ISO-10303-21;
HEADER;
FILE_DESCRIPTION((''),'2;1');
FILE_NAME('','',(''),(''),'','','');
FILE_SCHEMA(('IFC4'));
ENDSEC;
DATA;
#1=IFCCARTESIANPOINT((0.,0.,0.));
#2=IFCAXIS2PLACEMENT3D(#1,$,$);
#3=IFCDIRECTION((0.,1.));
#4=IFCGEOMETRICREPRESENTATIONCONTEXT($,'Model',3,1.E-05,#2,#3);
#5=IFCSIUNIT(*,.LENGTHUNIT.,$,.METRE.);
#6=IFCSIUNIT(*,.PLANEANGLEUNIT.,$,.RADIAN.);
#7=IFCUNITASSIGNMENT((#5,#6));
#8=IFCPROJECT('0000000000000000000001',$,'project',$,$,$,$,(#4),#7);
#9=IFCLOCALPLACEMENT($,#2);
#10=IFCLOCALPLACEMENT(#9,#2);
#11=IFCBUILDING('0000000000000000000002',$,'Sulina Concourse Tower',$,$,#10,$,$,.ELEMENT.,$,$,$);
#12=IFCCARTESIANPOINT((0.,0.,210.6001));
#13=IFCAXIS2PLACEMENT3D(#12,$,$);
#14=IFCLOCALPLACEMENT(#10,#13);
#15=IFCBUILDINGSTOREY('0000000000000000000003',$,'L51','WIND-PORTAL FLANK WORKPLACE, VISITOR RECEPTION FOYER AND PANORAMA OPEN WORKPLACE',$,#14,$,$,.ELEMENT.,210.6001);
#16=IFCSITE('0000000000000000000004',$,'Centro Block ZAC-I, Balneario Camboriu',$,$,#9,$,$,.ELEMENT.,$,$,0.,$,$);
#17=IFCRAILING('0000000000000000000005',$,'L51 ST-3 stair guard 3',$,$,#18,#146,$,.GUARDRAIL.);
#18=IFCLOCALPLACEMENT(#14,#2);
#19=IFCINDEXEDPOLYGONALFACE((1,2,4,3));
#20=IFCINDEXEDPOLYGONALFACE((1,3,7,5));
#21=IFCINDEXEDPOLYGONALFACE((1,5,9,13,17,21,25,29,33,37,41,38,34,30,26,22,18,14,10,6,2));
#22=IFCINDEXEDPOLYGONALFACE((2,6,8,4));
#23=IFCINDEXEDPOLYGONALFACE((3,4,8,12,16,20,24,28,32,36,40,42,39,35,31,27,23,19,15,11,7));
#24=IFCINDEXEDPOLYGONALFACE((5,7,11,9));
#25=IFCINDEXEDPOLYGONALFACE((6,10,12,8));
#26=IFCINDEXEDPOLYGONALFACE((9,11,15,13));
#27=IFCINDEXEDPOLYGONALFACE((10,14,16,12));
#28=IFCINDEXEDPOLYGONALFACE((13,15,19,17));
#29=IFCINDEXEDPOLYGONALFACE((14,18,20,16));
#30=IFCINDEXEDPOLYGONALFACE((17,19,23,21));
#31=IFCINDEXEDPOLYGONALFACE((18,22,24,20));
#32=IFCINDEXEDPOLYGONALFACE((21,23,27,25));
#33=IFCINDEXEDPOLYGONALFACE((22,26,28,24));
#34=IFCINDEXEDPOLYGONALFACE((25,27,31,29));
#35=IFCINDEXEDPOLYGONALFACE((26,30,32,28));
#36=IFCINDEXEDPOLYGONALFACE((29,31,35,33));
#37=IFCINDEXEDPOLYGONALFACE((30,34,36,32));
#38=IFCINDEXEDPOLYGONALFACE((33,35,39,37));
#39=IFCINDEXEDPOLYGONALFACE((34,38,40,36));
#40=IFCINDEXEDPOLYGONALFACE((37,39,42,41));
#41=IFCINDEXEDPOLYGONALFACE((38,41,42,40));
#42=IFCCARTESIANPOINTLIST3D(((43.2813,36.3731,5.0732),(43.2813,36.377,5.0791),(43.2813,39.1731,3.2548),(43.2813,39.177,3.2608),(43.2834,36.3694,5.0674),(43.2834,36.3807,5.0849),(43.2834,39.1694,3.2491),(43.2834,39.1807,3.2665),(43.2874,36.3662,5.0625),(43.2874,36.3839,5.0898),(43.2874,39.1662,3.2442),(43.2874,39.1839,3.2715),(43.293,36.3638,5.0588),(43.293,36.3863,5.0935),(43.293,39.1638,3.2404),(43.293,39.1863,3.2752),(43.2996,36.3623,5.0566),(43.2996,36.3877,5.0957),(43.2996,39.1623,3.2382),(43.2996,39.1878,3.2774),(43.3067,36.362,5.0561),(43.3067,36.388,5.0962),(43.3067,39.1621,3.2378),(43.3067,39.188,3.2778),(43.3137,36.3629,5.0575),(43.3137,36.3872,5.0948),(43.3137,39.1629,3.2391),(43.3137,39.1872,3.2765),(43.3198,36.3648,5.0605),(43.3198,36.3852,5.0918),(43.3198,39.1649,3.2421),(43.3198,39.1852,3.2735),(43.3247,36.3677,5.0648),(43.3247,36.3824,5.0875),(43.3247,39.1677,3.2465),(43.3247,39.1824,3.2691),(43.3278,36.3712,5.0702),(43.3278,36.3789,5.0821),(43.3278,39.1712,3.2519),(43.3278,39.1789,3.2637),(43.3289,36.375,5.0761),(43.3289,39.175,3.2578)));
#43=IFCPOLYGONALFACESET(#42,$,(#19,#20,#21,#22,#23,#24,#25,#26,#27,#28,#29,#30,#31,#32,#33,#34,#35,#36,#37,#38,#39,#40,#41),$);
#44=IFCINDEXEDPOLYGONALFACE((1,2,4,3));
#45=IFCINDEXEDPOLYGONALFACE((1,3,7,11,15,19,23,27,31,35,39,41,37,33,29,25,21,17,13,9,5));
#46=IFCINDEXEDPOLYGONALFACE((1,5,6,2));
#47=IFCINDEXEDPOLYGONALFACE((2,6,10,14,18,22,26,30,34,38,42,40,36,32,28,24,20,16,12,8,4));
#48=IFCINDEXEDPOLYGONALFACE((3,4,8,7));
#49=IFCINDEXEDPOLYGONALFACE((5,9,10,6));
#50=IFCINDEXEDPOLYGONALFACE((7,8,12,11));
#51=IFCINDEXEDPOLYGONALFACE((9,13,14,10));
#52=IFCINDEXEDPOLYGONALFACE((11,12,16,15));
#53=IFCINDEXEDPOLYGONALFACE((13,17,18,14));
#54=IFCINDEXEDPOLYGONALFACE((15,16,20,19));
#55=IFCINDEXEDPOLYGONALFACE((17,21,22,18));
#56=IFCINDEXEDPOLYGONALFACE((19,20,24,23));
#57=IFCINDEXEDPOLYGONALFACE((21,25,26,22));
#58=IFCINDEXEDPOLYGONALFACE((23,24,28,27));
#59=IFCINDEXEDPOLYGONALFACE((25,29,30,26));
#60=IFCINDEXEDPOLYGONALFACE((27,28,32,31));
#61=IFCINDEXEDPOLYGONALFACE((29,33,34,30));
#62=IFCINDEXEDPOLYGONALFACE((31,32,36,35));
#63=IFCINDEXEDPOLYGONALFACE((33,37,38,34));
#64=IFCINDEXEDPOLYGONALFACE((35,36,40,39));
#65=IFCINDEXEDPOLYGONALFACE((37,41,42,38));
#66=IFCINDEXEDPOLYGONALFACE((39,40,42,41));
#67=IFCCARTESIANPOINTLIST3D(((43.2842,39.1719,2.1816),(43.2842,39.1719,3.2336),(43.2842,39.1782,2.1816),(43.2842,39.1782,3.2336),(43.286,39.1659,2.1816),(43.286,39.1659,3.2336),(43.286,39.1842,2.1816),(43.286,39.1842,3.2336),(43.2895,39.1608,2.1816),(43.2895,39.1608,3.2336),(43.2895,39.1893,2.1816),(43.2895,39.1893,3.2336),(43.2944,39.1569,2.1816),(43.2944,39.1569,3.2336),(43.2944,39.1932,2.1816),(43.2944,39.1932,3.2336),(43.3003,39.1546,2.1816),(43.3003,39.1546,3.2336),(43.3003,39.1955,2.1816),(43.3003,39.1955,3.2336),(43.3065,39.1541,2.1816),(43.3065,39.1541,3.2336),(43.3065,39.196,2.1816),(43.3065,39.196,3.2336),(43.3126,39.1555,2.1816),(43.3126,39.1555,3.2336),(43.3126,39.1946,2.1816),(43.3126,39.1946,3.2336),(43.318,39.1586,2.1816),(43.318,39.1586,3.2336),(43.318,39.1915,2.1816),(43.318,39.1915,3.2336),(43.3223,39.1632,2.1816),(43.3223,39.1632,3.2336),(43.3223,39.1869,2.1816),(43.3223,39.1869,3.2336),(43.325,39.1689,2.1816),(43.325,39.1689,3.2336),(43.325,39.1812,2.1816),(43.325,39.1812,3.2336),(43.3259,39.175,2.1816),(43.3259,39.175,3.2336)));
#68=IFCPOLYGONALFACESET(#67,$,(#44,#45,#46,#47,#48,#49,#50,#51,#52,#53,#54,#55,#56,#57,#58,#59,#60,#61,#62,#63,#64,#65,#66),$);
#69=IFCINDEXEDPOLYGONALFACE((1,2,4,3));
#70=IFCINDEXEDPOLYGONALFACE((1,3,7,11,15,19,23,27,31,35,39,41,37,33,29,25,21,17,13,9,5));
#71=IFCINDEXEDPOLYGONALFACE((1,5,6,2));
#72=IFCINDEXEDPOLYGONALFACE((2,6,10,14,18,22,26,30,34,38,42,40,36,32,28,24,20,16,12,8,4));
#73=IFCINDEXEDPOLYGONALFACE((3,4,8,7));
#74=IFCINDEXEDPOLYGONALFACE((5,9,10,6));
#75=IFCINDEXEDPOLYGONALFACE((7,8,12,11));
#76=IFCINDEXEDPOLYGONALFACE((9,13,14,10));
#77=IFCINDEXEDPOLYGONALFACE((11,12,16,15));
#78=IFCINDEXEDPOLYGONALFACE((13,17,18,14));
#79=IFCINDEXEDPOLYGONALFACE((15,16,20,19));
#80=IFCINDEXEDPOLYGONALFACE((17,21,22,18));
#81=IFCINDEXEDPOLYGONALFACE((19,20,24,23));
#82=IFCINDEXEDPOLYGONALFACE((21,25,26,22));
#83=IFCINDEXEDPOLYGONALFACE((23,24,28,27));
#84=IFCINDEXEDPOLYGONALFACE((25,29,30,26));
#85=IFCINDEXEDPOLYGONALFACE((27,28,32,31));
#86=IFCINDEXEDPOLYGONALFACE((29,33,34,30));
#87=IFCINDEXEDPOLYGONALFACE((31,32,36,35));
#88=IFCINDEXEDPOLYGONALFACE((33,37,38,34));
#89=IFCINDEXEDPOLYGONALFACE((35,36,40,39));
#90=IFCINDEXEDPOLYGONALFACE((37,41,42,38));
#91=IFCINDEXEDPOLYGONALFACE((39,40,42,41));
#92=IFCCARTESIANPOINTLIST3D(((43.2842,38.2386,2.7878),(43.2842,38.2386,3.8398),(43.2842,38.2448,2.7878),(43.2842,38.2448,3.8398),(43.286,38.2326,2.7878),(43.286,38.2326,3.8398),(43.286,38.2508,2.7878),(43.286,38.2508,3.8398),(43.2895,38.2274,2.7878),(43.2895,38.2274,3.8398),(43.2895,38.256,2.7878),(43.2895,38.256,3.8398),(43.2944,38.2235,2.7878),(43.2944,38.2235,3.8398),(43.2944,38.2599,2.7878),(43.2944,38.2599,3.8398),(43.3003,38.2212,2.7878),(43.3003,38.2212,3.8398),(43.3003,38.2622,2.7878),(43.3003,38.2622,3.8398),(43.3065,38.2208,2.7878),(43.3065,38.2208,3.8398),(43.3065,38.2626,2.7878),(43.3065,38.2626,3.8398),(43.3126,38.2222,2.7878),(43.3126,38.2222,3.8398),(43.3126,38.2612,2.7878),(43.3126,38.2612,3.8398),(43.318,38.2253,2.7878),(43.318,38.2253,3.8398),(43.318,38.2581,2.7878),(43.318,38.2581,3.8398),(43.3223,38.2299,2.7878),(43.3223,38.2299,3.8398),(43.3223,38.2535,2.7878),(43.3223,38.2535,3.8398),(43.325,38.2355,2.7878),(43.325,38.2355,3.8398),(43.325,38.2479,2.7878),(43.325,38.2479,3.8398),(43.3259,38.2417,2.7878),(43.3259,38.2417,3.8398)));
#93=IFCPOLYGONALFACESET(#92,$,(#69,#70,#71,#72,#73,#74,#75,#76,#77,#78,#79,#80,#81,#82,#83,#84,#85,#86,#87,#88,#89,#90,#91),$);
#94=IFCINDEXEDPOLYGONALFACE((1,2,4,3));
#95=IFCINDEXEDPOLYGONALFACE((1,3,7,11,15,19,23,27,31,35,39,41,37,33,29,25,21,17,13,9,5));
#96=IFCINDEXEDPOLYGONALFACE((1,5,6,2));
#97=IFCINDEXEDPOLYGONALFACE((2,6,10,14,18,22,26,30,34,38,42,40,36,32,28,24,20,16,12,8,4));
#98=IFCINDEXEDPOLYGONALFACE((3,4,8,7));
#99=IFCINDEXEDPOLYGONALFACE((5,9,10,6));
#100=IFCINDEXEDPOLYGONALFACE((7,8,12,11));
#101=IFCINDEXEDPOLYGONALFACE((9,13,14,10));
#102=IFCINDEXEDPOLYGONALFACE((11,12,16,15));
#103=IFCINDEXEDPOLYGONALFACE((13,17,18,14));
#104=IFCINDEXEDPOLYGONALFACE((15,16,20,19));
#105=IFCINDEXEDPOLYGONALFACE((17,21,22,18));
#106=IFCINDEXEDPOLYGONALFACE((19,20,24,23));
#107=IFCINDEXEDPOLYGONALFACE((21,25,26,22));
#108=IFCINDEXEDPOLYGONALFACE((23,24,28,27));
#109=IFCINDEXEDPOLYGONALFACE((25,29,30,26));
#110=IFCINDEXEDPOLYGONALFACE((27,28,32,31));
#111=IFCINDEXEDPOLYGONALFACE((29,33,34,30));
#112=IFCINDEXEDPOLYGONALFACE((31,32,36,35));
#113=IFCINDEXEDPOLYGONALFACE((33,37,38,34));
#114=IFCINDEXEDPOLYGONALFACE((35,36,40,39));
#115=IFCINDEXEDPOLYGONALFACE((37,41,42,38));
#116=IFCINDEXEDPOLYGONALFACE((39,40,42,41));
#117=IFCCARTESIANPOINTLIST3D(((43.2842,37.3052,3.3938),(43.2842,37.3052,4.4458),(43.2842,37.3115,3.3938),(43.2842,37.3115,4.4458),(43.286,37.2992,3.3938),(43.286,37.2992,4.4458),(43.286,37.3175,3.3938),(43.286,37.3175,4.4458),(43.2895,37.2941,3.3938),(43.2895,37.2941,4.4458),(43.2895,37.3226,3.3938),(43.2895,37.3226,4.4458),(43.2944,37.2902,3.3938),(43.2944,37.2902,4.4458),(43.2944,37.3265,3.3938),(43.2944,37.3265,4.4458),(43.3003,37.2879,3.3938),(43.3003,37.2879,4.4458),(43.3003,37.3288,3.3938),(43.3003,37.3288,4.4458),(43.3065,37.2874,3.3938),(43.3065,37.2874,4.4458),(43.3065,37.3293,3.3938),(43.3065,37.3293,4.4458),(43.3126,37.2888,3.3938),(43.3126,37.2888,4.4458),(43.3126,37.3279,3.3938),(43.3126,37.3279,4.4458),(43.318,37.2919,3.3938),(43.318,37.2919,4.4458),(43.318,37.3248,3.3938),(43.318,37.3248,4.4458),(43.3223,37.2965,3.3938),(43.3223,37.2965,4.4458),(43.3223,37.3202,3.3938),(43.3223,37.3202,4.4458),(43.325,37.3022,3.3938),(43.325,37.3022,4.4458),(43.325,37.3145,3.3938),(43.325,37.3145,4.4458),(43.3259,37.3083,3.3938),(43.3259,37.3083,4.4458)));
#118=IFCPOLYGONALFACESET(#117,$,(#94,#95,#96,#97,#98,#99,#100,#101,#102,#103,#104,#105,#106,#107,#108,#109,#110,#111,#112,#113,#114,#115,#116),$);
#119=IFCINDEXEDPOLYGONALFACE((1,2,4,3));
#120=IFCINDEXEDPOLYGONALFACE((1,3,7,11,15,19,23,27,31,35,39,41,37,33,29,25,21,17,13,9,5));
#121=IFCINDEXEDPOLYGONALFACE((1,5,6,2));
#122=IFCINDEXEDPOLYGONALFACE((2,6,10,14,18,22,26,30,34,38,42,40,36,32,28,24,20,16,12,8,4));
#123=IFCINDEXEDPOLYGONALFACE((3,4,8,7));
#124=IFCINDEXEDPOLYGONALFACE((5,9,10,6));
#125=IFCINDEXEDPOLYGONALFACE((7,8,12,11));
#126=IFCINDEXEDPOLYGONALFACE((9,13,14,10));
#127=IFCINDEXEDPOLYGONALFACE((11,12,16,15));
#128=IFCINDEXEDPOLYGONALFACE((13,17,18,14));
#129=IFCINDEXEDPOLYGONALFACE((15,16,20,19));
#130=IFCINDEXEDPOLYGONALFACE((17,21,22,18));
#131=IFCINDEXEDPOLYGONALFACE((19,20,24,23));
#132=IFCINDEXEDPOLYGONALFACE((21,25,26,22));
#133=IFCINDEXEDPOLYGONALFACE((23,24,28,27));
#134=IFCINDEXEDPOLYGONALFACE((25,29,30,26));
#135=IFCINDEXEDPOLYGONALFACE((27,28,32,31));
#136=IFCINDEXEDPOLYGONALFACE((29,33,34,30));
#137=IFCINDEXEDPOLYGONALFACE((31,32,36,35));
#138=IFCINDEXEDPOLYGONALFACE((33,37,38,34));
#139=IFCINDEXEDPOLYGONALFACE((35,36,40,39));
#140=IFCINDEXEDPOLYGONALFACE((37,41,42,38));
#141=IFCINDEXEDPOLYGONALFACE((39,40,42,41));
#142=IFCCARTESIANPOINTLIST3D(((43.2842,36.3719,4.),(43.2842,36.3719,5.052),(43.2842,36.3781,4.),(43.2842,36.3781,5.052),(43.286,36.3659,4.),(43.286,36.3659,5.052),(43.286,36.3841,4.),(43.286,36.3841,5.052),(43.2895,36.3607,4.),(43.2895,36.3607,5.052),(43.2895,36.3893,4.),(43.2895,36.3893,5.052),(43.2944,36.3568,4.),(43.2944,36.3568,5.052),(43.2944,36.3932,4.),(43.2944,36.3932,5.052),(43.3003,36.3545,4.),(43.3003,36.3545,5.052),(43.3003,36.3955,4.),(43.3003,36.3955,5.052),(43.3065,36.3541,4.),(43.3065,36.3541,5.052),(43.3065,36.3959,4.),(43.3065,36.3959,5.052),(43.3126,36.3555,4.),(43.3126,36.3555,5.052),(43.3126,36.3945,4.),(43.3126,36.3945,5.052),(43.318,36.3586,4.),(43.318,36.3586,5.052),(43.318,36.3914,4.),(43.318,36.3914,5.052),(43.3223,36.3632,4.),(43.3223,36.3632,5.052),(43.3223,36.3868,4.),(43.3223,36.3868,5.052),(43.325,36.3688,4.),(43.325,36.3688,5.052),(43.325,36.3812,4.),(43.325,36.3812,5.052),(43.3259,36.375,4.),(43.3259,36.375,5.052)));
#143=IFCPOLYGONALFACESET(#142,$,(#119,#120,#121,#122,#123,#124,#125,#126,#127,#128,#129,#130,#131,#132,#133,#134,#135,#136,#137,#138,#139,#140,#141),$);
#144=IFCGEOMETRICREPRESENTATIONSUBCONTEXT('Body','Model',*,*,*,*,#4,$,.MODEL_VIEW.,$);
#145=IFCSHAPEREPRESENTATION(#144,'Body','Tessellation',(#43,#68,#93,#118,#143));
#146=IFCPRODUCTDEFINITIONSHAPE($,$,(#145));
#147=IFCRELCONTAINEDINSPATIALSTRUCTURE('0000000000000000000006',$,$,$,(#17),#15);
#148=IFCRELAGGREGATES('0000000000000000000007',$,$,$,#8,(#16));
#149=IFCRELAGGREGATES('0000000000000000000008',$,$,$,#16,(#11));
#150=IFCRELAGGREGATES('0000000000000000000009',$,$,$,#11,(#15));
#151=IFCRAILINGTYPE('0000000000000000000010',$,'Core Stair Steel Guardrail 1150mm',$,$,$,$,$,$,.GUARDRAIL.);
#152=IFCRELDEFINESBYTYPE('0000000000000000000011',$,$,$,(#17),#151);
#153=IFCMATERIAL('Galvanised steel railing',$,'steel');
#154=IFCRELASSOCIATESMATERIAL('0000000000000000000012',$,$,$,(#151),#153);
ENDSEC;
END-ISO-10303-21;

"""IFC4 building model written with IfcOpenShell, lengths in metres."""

from ifc_helpers import new_model, si_unit, direction, frame, origin, origin_2d, place, context, subcontext, project, spatial, circle, extrude, material, type_object, element, save


model = new_model("IFC4")

# Units and contexts
model_context = context("Model", 3, precision=1e-05, world=origin(), true_north=direction((0.0, 1.0)))
body_context = subcontext(model_context, "Body", "Model", "MODEL_VIEW")
ifc_project = project(units=[si_unit("LENGTHUNIT", "METRE"), si_unit("PLANEANGLEUNIT", "RADIAN")], contexts=[model_context])

# Site, building, storey
site_placement = place(None, origin())
site = spatial("IfcSite", under=ifc_project, at=site_placement, Name="Centro Block ZAC-I, Balneario Camboriu", CompositionType="ELEMENT", RefElevation=0.0)
building_placement = place(site_placement, origin())
building = spatial("IfcBuilding", under=site, at=building_placement, Name="Sulina Concourse Tower", CompositionType="ELEMENT")
storey_placement = place(building_placement, frame((0.0, 0.0, 210.6001)))
storey = spatial("IfcBuildingStorey", under=building, at=storey_placement, Name="L51", Description="WIND-PORTAL FLANK WORKPLACE, VISITOR RECEPTION FOYER AND PANORAMA OPEN WORKPLACE", CompositionType="ELEMENT", Elevation=210.6001)

# Railing
ifc_material_1 = material(Name="Galvanised steel railing", Category="steel")
railing_type_1 = type_object("IfcRailingType", Name="Core Stair Steel Guardrail 1150mm", PredefinedType="GUARDRAIL", material=ifc_material_1)
railing_1_placement = place(storey_placement, frame((43.3049, 39.175, 2.1816)))
element("IfcRailing", 1, at=railing_1_placement, inside=storey, type_object=railing_type_1, Name="L51 ST-3 stair guard 3", PredefinedType="GUARDRAIL", context=body_context, shape_type="SweptSolid", body=[
    extrude(circle(Radius=0.0239, at=origin_2d()), frame((0.0, 0.0, 1.0762), z_axis=(0.0, -0.838672, 0.544636), x_axis=(1.0, 0.0, 0.0)), (0.0, 0.0, 1.0), 3.3386),
    extrude(circle(Radius=0.021, at=origin_2d()), origin(), (0.0, 0.0, 1.0), 1.052),
    extrude(circle(Radius=0.021, at=origin_2d()), frame((0.0, -0.9333, 0.6062)), (0.0, 0.0, 1.0), 1.052),
    extrude(circle(Radius=0.021, at=origin_2d()), frame((0.0, -1.8667, 1.2122)), (0.0, 0.0, 1.0), 1.052),
    extrude(circle(Radius=0.021, at=origin_2d()), frame((0.0, -2.8, 1.8184)), (0.0, 0.0, 1.0), 1.052),
])

save(model, "model.ifc")
